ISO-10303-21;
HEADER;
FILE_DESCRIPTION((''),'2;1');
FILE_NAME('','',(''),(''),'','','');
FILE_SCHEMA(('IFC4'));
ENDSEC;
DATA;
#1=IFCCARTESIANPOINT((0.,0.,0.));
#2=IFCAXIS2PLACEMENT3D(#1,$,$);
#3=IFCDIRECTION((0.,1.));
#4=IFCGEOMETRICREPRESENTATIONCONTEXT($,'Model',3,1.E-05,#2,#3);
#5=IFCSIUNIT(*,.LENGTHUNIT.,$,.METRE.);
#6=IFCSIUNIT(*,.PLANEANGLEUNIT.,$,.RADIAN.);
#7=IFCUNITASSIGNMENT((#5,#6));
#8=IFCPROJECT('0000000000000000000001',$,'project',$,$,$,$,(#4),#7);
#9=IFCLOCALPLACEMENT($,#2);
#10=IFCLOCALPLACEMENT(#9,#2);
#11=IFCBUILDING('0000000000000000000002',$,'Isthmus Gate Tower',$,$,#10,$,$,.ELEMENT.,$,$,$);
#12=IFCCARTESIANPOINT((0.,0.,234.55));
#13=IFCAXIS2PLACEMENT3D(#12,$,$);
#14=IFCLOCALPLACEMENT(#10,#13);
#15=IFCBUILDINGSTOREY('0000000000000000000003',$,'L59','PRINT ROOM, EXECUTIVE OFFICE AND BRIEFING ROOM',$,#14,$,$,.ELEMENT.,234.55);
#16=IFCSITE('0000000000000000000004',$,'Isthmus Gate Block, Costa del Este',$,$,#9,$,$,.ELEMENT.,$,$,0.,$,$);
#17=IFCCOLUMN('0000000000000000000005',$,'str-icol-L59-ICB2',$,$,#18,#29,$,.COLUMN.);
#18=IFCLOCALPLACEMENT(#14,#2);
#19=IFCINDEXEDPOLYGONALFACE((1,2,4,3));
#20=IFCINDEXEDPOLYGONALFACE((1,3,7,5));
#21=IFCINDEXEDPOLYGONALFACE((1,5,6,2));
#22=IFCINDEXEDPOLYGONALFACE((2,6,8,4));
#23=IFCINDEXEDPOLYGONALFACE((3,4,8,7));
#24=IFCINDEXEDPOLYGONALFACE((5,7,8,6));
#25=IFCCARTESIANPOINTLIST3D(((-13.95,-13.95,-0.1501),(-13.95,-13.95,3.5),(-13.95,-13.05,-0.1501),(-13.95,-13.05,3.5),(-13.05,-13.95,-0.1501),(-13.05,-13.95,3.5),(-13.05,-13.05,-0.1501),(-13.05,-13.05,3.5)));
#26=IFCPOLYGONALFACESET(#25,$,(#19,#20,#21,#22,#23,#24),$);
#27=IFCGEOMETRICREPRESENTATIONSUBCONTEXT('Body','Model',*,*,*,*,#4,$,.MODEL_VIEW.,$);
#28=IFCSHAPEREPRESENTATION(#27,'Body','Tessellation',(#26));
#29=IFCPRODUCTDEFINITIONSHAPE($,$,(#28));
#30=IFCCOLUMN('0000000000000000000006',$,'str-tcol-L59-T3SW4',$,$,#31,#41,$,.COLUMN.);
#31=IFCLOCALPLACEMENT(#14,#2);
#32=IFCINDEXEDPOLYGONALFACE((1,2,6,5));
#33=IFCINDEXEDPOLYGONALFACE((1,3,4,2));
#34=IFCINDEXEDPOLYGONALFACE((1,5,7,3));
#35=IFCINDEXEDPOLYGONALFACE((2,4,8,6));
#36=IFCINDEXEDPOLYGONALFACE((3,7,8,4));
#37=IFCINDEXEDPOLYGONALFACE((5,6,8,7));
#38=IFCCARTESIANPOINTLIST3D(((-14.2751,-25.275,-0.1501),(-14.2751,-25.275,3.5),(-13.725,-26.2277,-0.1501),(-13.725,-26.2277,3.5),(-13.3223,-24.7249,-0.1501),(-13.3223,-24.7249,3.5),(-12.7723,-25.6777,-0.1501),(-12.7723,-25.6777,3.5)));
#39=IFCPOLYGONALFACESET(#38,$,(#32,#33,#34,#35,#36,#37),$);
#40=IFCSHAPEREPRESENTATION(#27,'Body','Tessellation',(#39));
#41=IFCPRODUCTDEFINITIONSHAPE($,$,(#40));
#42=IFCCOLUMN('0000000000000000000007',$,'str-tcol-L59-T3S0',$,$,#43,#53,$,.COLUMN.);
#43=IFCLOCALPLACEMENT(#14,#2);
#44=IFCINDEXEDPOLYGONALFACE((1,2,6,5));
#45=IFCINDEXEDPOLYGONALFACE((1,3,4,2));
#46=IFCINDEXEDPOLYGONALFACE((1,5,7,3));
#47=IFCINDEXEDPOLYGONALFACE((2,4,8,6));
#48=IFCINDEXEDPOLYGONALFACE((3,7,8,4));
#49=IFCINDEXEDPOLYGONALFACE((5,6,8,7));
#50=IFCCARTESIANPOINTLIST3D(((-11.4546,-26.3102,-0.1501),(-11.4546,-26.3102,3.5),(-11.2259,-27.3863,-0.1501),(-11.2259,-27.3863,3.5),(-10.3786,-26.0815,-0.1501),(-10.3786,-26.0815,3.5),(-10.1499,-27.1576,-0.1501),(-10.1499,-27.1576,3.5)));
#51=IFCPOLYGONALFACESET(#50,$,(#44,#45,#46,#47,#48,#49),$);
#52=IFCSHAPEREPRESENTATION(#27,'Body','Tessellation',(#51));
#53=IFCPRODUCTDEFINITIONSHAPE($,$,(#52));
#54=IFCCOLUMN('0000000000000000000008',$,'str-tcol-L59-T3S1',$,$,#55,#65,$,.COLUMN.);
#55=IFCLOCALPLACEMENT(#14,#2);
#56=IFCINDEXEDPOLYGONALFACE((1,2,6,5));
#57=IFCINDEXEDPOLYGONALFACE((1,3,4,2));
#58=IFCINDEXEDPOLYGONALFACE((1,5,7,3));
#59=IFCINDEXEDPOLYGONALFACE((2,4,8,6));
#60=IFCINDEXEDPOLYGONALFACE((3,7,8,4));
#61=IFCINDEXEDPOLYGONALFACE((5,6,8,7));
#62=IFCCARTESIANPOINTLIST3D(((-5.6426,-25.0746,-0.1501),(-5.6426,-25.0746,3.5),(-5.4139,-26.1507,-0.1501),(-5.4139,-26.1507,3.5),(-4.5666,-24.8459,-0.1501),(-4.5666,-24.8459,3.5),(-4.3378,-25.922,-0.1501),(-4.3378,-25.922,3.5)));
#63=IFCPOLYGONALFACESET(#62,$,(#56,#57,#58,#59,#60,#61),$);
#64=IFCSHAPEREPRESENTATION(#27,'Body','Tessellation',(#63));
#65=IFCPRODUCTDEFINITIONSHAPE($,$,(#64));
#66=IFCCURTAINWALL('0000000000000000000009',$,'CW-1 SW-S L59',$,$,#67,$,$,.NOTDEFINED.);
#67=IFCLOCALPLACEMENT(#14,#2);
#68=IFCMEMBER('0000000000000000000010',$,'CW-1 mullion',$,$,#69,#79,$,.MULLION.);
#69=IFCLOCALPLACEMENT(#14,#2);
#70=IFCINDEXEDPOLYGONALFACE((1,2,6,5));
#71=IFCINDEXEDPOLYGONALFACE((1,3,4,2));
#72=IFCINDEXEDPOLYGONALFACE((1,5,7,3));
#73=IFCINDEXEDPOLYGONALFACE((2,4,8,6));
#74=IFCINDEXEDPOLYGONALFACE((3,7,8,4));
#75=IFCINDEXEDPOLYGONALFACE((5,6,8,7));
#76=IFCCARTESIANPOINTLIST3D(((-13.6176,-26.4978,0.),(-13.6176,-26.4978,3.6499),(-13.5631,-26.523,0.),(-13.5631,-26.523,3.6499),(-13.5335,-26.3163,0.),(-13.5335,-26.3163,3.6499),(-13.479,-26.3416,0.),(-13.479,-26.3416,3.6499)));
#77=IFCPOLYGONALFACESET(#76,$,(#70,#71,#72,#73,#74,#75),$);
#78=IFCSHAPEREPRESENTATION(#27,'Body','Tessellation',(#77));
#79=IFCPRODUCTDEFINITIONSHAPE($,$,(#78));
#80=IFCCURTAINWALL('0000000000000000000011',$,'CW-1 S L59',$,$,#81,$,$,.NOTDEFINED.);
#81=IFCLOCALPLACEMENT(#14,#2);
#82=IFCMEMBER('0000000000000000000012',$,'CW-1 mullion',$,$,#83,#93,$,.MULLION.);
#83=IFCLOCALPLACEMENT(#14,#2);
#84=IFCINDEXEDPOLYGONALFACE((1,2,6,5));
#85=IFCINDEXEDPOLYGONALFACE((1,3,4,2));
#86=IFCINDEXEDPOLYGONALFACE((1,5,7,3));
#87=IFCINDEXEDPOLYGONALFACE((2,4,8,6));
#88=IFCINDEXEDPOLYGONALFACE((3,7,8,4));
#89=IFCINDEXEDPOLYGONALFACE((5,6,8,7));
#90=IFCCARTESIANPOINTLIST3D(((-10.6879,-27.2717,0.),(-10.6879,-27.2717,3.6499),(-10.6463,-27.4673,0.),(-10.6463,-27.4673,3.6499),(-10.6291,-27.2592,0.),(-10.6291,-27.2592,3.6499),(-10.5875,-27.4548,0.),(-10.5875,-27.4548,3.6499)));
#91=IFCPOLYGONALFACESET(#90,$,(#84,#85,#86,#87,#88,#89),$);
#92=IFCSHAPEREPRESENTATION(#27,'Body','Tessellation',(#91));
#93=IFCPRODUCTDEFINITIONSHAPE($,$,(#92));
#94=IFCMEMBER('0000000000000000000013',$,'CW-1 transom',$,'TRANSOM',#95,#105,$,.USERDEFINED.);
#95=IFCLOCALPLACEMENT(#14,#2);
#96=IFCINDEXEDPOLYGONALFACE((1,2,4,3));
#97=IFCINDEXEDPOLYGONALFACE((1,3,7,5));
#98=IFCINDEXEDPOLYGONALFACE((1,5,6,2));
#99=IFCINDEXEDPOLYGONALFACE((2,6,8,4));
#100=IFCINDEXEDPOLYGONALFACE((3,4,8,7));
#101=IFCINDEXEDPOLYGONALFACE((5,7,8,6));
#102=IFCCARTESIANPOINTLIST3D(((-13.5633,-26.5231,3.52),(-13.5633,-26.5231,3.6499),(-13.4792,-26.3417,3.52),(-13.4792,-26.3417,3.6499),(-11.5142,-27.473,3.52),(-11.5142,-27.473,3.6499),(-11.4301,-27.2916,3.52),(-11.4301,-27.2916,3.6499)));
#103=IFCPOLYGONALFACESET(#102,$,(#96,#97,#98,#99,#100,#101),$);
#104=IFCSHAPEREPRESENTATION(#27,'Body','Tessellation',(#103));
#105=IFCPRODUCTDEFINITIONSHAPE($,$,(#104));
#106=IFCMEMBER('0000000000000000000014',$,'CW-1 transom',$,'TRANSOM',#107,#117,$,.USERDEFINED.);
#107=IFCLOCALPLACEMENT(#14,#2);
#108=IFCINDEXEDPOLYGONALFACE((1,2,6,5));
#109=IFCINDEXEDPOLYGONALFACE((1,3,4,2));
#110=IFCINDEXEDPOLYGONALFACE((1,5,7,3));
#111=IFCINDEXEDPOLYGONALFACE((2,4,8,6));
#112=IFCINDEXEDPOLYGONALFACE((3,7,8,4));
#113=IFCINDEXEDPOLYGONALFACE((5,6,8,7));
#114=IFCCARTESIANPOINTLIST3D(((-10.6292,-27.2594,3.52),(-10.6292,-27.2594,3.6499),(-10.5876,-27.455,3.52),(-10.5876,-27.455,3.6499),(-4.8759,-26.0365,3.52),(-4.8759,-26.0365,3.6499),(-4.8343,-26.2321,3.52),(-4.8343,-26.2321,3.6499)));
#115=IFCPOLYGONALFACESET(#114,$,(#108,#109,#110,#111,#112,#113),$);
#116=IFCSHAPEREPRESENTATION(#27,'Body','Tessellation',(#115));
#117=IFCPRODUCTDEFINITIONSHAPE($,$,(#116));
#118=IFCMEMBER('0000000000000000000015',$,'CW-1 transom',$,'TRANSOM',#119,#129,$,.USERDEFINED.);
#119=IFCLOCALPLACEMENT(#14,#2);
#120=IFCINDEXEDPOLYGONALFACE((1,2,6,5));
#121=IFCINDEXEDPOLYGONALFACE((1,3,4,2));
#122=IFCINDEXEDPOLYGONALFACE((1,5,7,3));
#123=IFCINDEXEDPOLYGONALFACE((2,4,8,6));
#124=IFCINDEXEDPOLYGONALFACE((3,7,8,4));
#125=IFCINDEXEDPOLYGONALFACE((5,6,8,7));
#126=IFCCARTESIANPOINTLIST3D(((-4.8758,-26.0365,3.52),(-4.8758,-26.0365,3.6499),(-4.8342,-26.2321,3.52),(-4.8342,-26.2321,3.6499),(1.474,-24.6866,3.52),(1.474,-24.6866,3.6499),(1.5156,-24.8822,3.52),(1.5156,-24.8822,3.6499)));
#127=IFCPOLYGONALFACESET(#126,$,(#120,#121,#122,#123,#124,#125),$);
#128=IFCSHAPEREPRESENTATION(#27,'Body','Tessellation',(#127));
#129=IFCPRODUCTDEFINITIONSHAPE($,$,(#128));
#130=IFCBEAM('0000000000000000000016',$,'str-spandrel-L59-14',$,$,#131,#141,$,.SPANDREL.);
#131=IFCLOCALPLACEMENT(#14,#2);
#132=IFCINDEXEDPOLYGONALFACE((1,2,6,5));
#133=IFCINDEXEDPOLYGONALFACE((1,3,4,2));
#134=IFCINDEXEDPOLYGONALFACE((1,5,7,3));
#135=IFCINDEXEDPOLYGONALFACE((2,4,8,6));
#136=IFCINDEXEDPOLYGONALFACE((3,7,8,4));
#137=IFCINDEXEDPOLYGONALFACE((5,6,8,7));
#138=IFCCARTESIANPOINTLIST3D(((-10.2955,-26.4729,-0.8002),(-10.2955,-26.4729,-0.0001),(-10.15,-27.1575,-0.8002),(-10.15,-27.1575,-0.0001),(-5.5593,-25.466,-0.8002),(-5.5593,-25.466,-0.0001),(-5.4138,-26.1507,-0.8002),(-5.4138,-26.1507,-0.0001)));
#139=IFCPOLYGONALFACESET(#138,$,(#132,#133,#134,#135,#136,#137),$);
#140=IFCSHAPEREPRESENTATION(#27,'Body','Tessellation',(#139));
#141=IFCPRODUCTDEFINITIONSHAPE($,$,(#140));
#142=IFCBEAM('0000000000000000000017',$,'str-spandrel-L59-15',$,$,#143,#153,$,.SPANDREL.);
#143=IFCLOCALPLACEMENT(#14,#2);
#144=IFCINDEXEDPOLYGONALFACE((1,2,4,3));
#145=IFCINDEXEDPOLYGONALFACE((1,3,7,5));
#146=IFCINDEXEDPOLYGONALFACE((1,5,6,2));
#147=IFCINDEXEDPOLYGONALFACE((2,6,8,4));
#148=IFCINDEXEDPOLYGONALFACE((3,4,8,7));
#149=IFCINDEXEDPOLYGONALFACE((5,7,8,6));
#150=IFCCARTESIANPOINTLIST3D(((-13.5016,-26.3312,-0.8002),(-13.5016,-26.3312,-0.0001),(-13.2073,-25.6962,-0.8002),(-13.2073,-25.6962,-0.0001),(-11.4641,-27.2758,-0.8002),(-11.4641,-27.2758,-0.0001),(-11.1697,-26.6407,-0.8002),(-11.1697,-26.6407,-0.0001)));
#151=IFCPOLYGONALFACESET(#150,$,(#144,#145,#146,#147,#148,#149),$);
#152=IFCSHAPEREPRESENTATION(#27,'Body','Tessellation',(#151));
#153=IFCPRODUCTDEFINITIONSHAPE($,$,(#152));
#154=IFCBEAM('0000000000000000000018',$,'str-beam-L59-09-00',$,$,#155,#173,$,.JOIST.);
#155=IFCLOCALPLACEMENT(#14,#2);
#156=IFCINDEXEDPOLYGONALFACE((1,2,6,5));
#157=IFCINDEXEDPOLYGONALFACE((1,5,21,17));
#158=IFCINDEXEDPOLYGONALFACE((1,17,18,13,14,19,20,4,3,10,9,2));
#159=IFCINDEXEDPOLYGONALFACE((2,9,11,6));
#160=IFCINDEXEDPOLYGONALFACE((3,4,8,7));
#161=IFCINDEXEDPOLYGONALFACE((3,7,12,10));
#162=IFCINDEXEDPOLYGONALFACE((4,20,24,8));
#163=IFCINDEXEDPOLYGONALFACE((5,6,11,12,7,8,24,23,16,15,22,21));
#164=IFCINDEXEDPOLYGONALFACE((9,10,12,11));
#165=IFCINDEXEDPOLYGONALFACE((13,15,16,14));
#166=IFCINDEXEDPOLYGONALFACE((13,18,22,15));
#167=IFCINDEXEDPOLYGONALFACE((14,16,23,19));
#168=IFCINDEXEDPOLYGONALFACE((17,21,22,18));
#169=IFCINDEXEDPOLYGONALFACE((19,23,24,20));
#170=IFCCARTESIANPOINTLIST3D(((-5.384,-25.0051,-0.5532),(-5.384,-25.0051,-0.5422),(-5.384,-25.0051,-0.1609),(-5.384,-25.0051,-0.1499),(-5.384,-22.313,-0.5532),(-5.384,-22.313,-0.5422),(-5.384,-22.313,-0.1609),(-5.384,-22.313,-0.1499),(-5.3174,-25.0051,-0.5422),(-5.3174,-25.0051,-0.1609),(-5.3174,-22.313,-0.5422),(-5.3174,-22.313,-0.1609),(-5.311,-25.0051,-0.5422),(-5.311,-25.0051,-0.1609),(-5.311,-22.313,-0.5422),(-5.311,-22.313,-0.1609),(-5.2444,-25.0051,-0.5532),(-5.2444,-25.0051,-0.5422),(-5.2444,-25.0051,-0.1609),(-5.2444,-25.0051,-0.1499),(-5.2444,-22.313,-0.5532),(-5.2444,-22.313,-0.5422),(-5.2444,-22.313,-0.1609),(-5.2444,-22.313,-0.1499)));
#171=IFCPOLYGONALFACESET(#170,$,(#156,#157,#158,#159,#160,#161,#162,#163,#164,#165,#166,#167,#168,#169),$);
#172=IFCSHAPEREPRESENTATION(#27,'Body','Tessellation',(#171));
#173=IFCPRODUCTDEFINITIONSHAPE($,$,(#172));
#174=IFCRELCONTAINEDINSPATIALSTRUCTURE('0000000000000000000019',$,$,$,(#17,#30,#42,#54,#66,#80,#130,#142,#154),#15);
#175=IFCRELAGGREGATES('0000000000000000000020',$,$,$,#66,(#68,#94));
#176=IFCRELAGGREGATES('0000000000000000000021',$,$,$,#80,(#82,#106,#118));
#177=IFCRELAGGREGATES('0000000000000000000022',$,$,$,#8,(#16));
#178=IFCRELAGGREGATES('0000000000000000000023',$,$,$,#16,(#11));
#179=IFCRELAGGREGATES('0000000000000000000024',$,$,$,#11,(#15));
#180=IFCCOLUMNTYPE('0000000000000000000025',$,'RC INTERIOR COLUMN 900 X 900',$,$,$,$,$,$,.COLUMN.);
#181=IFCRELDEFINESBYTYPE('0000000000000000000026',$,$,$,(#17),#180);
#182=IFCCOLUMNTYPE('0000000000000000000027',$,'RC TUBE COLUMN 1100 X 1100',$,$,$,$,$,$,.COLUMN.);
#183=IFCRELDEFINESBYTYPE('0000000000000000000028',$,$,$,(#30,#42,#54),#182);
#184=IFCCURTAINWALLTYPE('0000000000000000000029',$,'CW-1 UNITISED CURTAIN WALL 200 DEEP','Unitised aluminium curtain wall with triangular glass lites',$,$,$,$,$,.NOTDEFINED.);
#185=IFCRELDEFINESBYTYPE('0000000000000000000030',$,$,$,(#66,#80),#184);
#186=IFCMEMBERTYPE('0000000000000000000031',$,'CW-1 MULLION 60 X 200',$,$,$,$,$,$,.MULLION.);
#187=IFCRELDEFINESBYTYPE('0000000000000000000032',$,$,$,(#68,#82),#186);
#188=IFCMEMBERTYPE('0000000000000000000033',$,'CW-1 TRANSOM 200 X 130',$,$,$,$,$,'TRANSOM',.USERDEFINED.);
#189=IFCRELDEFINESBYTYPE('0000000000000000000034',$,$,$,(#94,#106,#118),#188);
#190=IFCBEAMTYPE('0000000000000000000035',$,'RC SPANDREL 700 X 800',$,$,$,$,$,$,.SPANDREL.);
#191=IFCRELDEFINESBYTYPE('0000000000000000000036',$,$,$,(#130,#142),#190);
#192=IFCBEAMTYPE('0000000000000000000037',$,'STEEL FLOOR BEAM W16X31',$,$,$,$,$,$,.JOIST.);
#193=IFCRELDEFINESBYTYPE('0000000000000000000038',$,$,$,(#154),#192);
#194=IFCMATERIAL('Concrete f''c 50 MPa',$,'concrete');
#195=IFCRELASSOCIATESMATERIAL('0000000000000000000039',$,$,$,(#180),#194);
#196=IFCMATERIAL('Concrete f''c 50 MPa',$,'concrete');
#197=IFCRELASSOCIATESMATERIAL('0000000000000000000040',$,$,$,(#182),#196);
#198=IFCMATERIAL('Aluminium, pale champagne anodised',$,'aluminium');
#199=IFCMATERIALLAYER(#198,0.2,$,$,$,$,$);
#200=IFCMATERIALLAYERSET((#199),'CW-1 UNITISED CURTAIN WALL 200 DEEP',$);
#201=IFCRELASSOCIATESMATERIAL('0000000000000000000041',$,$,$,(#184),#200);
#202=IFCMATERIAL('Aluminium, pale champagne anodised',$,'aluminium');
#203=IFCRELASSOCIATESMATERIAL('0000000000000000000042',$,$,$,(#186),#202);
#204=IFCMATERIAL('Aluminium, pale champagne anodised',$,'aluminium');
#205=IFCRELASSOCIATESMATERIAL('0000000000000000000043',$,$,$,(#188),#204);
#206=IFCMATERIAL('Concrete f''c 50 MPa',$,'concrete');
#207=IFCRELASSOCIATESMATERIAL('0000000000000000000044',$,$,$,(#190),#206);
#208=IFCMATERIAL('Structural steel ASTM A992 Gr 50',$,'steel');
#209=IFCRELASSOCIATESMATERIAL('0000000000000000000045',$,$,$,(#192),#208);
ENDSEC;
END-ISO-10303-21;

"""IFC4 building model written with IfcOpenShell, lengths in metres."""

from ifc_helpers import new_model, si_unit, direction, frame, origin, origin_2d, place, context, subcontext, project, spatial, rectangle, i_section, extrude, material, layer, layer_set, material_profile, profile_set, type_object, element, aggregate, save


model = new_model("IFC4")

# Units and contexts
model_context = context("Model", 3, precision=1e-05, world=origin(), true_north=direction((0.0, 1.0)))
body_context = subcontext(model_context, "Body", "Model", "MODEL_VIEW")
ifc_project = project(units=[si_unit("LENGTHUNIT", "METRE"), si_unit("PLANEANGLEUNIT", "RADIAN")], contexts=[model_context])

# Site, building, storey
site_placement = place(None, origin())
site = spatial("IfcSite", under=ifc_project, at=site_placement, Name="Isthmus Gate Block, Costa del Este", CompositionType="ELEMENT", RefElevation=0.0)
building_placement = place(site_placement, origin())
building = spatial("IfcBuilding", under=site, at=building_placement, Name="Isthmus Gate Tower", CompositionType="ELEMENT")
storey_placement = place(building_placement, frame((0.0, 0.0, 234.55)))
storey = spatial("IfcBuildingStorey", under=building, at=storey_placement, Name="L59", Description="PRINT ROOM, EXECUTIVE OFFICE AND BRIEFING ROOM", CompositionType="ELEMENT", Elevation=234.55)

# Columns
ifc_material_1 = material(Name="Concrete f'c 50 MPa", Category="concrete")
ifc_material_profile_1 = material_profile(ifc_material_1, rectangle(XDim=0.8999, YDim=0.8999, at=origin_2d()), Name="RC 900X900")
ifc_profile_set_1 = profile_set([ifc_material_profile_1], Name="Concrete f'c 50 MPa")
column_type_1 = type_object("IfcColumnType", Name="RC INTERIOR COLUMN 900 X 900", PredefinedType="COLUMN", material=ifc_profile_set_1)
column_placement = place(storey_placement, frame((-13.5, -13.5, -0.1501), z_axis=(0.0, 0.0, 1.0), x_axis=(1.0, 0.0, 0.0)))
element("IfcColumn", 1, at=column_placement, inside=storey, type_object=column_type_1, Name="str-icol-L59-ICB2", PredefinedType="COLUMN", context=body_context, shape_type="SweptSolid", body=[
    extrude(rectangle(XDim=0.8999, YDim=0.8999, at=origin_2d()), origin(), (0.0, 0.0, 1.0), 3.6501),
])
ifc_material_2 = material(Name="Concrete f'c 50 MPa", Category="concrete")
ifc_material_profile_2 = material_profile(ifc_material_2, rectangle(XDim=1.1001, YDim=1.1001, at=origin_2d()), Name="RC 1100X1100")
ifc_profile_set_2 = profile_set([ifc_material_profile_2], Name="Concrete f'c 50 MPa")
column_type_2 = type_object("IfcColumnType", Name="RC TUBE COLUMN 1100 X 1100", PredefinedType="COLUMN", material=ifc_profile_set_2)
for number, where, z_axis, x_axis, name in (
    (2, (-13.5237, -25.4763, -0.1501), (0.0, 0.0, 1.0), (0.5, -0.866025, 0.0), "str-tcol-L59-T3SW4"),
    (3, (-10.8022, -26.7339, -0.1501), (0.0, 0.0, 1.0), (0.978148, 0.207912, 0.0), "str-tcol-L59-T3S0"),
    (4, (-4.9902, -25.4983, -0.1501), (0.0, 0.0, 1.0), (0.978148, 0.207912, 0.0), "str-tcol-L59-T3S1"),
):
    element("IfcColumn", number, at=place(storey_placement, frame(where, z_axis=z_axis, x_axis=x_axis)), inside=storey, type_object=column_type_2, Name=name, PredefinedType="COLUMN", context=body_context, shape_type="SweptSolid", body=[
        extrude(rectangle(XDim=1.1001, YDim=1.1001, at=origin_2d()), origin(), (0.0, 0.0, 1.0), 3.6501),
    ])

# Curtain walls, members
ifc_material_3 = material(Name="Aluminium, pale champagne anodised", Category="aluminium")
ifc_layer_1 = layer(ifc_material_3, 0.2)
ifc_layer_set_1 = layer_set([ifc_layer_1], Name="CW-1 UNITISED CURTAIN WALL 200 DEEP")
curtain_wall_type = type_object("IfcCurtainWallType", Name="CW-1 UNITISED CURTAIN WALL 200 DEEP", Description="Unitised aluminium curtain wall with triangular glass lites", PredefinedType="NOTDEFINED", material=ifc_layer_set_1)
curtain_wall_1_placement = place(storey_placement, origin())
curtain_wall_1 = element("IfcCurtainWall", 5, at=curtain_wall_1_placement, inside=storey, type_object=curtain_wall_type, Name="CW-1 SW-S L59", PredefinedType="NOTDEFINED")
ifc_material_4 = material(Name="Aluminium, pale champagne anodised", Category="aluminium")
ifc_material_profile_3 = material_profile(ifc_material_4, rectangle(XDim=0.0601, YDim=0.2, at=origin_2d()), Name="60x200")
ifc_profile_set_3 = profile_set([ifc_material_profile_3], Name="Aluminium, pale champagne anodised")
member_type_1 = type_object("IfcMemberType", Name="CW-1 MULLION 60 X 200", PredefinedType="MULLION", material=ifc_profile_set_3)
member_1_placement = place(storey_placement, frame((-13.5483, -26.4197, 0.0), z_axis=(0.0, 0.0, 1.0), x_axis=(0.907256, -0.420578, 0.0)))
member_1 = element("IfcMember", 6, at=member_1_placement, type_object=member_type_1, Name="CW-1 mullion", PredefinedType="MULLION", context=body_context, shape_type="SweptSolid", body=[
    extrude(rectangle(XDim=0.0601, YDim=0.2, at=origin_2d()), origin(), (0.0, 0.0, 1.0), 3.6499),
])
curtain_wall_2_placement = place(storey_placement, origin())
curtain_wall_2 = element("IfcCurtainWall", 7, at=curtain_wall_2_placement, inside=storey, type_object=curtain_wall_type, Name="CW-1 S L59", PredefinedType="NOTDEFINED")
member_2_placement = place(storey_placement, frame((-10.6377, -27.3633, 0.0), z_axis=(0.0, 0.0, 1.0), x_axis=(0.978148, 0.207912, 0.0)))
member_2 = element("IfcMember", 8, at=member_2_placement, type_object=member_type_1, Name="CW-1 mullion", PredefinedType="MULLION", context=body_context, shape_type="SweptSolid", body=[
    extrude(rectangle(XDim=0.0601, YDim=0.2, at=origin_2d()), origin(), (0.0, 0.0, 1.0), 3.6499),
])

# Members
ifc_material_5 = material(Name="Aluminium, pale champagne anodised", Category="aluminium")
ifc_material_profile_4 = material_profile(ifc_material_5, rectangle(XDim=0.2, YDim=0.1299, at=origin_2d()), Name="200x130")
ifc_profile_set_4 = profile_set([ifc_material_profile_4], Name="Aluminium, pale champagne anodised")
member_type_2 = type_object("IfcMemberType", Name="CW-1 TRANSOM 200 X 130", ElementType="TRANSOM", PredefinedType="USERDEFINED", material=ifc_profile_set_4)
member_3_placement = place(storey_placement, frame((-13.5212, -26.4324, 3.585), z_axis=(0.907246, -0.4206, 0.0), x_axis=(0.4206, 0.907246, 0.0)))
member_3 = element("IfcMember", 9, at=member_3_placement, type_object=member_type_2, Name="CW-1 transom", ObjectType="TRANSOM", PredefinedType="USERDEFINED", context=body_context, shape_type="SweptSolid", body=[
    extrude(rectangle(XDim=0.2, YDim=0.1299, at=origin_2d()), origin(), (0.0, 0.0, 1.0), 2.2585),
])
member_4_placement = place(storey_placement, frame((-10.6084, -27.3572, 3.585), z_axis=(0.978149, 0.207907, 0.0), x_axis=(-0.207907, 0.978149, 0.0)))
member_4 = element("IfcMember", 10, at=member_4_placement, type_object=member_type_2, Name="CW-1 transom", ObjectType="TRANSOM", PredefinedType="USERDEFINED", context=body_context, shape_type="SweptSolid", body=[
    extrude(rectangle(XDim=0.2, YDim=0.1299, at=origin_2d()), origin(), (0.0, 0.0, 1.0), 5.8818),
])
member_5_placement = place(storey_placement, frame((-4.855, -26.1343, 3.585), z_axis=(0.978143, 0.207934, 0.0), x_axis=(-0.207934, 0.978143, 0.0)))
member_5 = element("IfcMember", 11, at=member_5_placement, type_object=member_type_2, Name="CW-1 transom", ObjectType="TRANSOM", PredefinedType="USERDEFINED", context=body_context, shape_type="SweptSolid", body=[
    extrude(rectangle(XDim=0.2, YDim=0.1299, at=origin_2d()), origin(), (0.0, 0.0, 1.0), 6.4917),
])

# Beams
ifc_material_6 = material(Name="Concrete f'c 50 MPa", Category="concrete")
ifc_material_profile_5 = material_profile(ifc_material_6, rectangle(XDim=0.7, YDim=0.8, at=origin_2d()), Name="RC 700X800")
ifc_profile_set_5 = profile_set([ifc_material_profile_5], Name="Concrete f'c 50 MPa")
beam_type_1 = type_object("IfcBeamType", Name="RC SPANDREL 700 X 800", PredefinedType="SPANDREL", material=ifc_profile_set_5)
beam_1_placement = place(storey_placement, frame((-5.4866, -25.8083, -0.4001), z_axis=(-0.978141, -0.207941, 0.0), x_axis=(0.207941, -0.978141, 0.0)))
element("IfcBeam", 12, at=beam_1_placement, inside=storey, type_object=beam_type_1, Name="str-spandrel-L59-14", PredefinedType="SPANDREL", context=body_context, shape_type="SweptSolid", body=[
    extrude(rectangle(XDim=0.7, YDim=0.8, at=origin_2d()), origin(), (0.0, 0.0, 1.0), 4.842),
])
beam_2_placement = place(storey_placement, frame((-11.3169, -26.9583, -0.4001), z_axis=(-0.907255, 0.420581, 0.0), x_axis=(-0.420581, -0.907255, 0.0)))
element("IfcBeam", 13, at=beam_2_placement, inside=storey, type_object=beam_type_1, Name="str-spandrel-L59-15", PredefinedType="SPANDREL", context=body_context, shape_type="SweptSolid", body=[
    extrude(rectangle(XDim=0.7, YDim=0.8, at=origin_2d()), origin(), (0.0, 0.0, 1.0), 2.2458),
])
ifc_material_7 = material(Name="Structural steel ASTM A992 Gr 50", Category="steel")
ifc_material_profile_6 = material_profile(ifc_material_7, i_section(OverallWidth=0.1396, OverallDepth=0.4033, WebThickness=0.0063, FlangeThickness=0.011, at=origin_2d()), Name="W16X31")
ifc_profile_set_6 = profile_set([ifc_material_profile_6], Name="Structural steel ASTM A992 Gr 50")
beam_type_2 = type_object("IfcBeamType", Name="STEEL FLOOR BEAM W16X31", PredefinedType="JOIST", material=ifc_profile_set_6)
beam_3_placement = place(storey_placement, frame((-5.3142, -25.0051, -0.3516), z_axis=(0.0, 1.0, 0.0), x_axis=(-1.0, 0.0, 0.0)))
element("IfcBeam", 14, at=beam_3_placement, inside=storey, type_object=beam_type_2, Name="str-beam-L59-09-00", PredefinedType="JOIST", context=body_context, shape_type="SweptSolid", body=[
    extrude(i_section(OverallWidth=0.1396, OverallDepth=0.4033, WebThickness=0.0063, FlangeThickness=0.011, at=origin_2d()), origin(), (0.0, 0.0, 1.0), 2.6921),
])

aggregate(curtain_wall_1, [member_1, member_3])

aggregate(curtain_wall_2, [member_2, member_4, member_5])

save(model, "model.ifc")
